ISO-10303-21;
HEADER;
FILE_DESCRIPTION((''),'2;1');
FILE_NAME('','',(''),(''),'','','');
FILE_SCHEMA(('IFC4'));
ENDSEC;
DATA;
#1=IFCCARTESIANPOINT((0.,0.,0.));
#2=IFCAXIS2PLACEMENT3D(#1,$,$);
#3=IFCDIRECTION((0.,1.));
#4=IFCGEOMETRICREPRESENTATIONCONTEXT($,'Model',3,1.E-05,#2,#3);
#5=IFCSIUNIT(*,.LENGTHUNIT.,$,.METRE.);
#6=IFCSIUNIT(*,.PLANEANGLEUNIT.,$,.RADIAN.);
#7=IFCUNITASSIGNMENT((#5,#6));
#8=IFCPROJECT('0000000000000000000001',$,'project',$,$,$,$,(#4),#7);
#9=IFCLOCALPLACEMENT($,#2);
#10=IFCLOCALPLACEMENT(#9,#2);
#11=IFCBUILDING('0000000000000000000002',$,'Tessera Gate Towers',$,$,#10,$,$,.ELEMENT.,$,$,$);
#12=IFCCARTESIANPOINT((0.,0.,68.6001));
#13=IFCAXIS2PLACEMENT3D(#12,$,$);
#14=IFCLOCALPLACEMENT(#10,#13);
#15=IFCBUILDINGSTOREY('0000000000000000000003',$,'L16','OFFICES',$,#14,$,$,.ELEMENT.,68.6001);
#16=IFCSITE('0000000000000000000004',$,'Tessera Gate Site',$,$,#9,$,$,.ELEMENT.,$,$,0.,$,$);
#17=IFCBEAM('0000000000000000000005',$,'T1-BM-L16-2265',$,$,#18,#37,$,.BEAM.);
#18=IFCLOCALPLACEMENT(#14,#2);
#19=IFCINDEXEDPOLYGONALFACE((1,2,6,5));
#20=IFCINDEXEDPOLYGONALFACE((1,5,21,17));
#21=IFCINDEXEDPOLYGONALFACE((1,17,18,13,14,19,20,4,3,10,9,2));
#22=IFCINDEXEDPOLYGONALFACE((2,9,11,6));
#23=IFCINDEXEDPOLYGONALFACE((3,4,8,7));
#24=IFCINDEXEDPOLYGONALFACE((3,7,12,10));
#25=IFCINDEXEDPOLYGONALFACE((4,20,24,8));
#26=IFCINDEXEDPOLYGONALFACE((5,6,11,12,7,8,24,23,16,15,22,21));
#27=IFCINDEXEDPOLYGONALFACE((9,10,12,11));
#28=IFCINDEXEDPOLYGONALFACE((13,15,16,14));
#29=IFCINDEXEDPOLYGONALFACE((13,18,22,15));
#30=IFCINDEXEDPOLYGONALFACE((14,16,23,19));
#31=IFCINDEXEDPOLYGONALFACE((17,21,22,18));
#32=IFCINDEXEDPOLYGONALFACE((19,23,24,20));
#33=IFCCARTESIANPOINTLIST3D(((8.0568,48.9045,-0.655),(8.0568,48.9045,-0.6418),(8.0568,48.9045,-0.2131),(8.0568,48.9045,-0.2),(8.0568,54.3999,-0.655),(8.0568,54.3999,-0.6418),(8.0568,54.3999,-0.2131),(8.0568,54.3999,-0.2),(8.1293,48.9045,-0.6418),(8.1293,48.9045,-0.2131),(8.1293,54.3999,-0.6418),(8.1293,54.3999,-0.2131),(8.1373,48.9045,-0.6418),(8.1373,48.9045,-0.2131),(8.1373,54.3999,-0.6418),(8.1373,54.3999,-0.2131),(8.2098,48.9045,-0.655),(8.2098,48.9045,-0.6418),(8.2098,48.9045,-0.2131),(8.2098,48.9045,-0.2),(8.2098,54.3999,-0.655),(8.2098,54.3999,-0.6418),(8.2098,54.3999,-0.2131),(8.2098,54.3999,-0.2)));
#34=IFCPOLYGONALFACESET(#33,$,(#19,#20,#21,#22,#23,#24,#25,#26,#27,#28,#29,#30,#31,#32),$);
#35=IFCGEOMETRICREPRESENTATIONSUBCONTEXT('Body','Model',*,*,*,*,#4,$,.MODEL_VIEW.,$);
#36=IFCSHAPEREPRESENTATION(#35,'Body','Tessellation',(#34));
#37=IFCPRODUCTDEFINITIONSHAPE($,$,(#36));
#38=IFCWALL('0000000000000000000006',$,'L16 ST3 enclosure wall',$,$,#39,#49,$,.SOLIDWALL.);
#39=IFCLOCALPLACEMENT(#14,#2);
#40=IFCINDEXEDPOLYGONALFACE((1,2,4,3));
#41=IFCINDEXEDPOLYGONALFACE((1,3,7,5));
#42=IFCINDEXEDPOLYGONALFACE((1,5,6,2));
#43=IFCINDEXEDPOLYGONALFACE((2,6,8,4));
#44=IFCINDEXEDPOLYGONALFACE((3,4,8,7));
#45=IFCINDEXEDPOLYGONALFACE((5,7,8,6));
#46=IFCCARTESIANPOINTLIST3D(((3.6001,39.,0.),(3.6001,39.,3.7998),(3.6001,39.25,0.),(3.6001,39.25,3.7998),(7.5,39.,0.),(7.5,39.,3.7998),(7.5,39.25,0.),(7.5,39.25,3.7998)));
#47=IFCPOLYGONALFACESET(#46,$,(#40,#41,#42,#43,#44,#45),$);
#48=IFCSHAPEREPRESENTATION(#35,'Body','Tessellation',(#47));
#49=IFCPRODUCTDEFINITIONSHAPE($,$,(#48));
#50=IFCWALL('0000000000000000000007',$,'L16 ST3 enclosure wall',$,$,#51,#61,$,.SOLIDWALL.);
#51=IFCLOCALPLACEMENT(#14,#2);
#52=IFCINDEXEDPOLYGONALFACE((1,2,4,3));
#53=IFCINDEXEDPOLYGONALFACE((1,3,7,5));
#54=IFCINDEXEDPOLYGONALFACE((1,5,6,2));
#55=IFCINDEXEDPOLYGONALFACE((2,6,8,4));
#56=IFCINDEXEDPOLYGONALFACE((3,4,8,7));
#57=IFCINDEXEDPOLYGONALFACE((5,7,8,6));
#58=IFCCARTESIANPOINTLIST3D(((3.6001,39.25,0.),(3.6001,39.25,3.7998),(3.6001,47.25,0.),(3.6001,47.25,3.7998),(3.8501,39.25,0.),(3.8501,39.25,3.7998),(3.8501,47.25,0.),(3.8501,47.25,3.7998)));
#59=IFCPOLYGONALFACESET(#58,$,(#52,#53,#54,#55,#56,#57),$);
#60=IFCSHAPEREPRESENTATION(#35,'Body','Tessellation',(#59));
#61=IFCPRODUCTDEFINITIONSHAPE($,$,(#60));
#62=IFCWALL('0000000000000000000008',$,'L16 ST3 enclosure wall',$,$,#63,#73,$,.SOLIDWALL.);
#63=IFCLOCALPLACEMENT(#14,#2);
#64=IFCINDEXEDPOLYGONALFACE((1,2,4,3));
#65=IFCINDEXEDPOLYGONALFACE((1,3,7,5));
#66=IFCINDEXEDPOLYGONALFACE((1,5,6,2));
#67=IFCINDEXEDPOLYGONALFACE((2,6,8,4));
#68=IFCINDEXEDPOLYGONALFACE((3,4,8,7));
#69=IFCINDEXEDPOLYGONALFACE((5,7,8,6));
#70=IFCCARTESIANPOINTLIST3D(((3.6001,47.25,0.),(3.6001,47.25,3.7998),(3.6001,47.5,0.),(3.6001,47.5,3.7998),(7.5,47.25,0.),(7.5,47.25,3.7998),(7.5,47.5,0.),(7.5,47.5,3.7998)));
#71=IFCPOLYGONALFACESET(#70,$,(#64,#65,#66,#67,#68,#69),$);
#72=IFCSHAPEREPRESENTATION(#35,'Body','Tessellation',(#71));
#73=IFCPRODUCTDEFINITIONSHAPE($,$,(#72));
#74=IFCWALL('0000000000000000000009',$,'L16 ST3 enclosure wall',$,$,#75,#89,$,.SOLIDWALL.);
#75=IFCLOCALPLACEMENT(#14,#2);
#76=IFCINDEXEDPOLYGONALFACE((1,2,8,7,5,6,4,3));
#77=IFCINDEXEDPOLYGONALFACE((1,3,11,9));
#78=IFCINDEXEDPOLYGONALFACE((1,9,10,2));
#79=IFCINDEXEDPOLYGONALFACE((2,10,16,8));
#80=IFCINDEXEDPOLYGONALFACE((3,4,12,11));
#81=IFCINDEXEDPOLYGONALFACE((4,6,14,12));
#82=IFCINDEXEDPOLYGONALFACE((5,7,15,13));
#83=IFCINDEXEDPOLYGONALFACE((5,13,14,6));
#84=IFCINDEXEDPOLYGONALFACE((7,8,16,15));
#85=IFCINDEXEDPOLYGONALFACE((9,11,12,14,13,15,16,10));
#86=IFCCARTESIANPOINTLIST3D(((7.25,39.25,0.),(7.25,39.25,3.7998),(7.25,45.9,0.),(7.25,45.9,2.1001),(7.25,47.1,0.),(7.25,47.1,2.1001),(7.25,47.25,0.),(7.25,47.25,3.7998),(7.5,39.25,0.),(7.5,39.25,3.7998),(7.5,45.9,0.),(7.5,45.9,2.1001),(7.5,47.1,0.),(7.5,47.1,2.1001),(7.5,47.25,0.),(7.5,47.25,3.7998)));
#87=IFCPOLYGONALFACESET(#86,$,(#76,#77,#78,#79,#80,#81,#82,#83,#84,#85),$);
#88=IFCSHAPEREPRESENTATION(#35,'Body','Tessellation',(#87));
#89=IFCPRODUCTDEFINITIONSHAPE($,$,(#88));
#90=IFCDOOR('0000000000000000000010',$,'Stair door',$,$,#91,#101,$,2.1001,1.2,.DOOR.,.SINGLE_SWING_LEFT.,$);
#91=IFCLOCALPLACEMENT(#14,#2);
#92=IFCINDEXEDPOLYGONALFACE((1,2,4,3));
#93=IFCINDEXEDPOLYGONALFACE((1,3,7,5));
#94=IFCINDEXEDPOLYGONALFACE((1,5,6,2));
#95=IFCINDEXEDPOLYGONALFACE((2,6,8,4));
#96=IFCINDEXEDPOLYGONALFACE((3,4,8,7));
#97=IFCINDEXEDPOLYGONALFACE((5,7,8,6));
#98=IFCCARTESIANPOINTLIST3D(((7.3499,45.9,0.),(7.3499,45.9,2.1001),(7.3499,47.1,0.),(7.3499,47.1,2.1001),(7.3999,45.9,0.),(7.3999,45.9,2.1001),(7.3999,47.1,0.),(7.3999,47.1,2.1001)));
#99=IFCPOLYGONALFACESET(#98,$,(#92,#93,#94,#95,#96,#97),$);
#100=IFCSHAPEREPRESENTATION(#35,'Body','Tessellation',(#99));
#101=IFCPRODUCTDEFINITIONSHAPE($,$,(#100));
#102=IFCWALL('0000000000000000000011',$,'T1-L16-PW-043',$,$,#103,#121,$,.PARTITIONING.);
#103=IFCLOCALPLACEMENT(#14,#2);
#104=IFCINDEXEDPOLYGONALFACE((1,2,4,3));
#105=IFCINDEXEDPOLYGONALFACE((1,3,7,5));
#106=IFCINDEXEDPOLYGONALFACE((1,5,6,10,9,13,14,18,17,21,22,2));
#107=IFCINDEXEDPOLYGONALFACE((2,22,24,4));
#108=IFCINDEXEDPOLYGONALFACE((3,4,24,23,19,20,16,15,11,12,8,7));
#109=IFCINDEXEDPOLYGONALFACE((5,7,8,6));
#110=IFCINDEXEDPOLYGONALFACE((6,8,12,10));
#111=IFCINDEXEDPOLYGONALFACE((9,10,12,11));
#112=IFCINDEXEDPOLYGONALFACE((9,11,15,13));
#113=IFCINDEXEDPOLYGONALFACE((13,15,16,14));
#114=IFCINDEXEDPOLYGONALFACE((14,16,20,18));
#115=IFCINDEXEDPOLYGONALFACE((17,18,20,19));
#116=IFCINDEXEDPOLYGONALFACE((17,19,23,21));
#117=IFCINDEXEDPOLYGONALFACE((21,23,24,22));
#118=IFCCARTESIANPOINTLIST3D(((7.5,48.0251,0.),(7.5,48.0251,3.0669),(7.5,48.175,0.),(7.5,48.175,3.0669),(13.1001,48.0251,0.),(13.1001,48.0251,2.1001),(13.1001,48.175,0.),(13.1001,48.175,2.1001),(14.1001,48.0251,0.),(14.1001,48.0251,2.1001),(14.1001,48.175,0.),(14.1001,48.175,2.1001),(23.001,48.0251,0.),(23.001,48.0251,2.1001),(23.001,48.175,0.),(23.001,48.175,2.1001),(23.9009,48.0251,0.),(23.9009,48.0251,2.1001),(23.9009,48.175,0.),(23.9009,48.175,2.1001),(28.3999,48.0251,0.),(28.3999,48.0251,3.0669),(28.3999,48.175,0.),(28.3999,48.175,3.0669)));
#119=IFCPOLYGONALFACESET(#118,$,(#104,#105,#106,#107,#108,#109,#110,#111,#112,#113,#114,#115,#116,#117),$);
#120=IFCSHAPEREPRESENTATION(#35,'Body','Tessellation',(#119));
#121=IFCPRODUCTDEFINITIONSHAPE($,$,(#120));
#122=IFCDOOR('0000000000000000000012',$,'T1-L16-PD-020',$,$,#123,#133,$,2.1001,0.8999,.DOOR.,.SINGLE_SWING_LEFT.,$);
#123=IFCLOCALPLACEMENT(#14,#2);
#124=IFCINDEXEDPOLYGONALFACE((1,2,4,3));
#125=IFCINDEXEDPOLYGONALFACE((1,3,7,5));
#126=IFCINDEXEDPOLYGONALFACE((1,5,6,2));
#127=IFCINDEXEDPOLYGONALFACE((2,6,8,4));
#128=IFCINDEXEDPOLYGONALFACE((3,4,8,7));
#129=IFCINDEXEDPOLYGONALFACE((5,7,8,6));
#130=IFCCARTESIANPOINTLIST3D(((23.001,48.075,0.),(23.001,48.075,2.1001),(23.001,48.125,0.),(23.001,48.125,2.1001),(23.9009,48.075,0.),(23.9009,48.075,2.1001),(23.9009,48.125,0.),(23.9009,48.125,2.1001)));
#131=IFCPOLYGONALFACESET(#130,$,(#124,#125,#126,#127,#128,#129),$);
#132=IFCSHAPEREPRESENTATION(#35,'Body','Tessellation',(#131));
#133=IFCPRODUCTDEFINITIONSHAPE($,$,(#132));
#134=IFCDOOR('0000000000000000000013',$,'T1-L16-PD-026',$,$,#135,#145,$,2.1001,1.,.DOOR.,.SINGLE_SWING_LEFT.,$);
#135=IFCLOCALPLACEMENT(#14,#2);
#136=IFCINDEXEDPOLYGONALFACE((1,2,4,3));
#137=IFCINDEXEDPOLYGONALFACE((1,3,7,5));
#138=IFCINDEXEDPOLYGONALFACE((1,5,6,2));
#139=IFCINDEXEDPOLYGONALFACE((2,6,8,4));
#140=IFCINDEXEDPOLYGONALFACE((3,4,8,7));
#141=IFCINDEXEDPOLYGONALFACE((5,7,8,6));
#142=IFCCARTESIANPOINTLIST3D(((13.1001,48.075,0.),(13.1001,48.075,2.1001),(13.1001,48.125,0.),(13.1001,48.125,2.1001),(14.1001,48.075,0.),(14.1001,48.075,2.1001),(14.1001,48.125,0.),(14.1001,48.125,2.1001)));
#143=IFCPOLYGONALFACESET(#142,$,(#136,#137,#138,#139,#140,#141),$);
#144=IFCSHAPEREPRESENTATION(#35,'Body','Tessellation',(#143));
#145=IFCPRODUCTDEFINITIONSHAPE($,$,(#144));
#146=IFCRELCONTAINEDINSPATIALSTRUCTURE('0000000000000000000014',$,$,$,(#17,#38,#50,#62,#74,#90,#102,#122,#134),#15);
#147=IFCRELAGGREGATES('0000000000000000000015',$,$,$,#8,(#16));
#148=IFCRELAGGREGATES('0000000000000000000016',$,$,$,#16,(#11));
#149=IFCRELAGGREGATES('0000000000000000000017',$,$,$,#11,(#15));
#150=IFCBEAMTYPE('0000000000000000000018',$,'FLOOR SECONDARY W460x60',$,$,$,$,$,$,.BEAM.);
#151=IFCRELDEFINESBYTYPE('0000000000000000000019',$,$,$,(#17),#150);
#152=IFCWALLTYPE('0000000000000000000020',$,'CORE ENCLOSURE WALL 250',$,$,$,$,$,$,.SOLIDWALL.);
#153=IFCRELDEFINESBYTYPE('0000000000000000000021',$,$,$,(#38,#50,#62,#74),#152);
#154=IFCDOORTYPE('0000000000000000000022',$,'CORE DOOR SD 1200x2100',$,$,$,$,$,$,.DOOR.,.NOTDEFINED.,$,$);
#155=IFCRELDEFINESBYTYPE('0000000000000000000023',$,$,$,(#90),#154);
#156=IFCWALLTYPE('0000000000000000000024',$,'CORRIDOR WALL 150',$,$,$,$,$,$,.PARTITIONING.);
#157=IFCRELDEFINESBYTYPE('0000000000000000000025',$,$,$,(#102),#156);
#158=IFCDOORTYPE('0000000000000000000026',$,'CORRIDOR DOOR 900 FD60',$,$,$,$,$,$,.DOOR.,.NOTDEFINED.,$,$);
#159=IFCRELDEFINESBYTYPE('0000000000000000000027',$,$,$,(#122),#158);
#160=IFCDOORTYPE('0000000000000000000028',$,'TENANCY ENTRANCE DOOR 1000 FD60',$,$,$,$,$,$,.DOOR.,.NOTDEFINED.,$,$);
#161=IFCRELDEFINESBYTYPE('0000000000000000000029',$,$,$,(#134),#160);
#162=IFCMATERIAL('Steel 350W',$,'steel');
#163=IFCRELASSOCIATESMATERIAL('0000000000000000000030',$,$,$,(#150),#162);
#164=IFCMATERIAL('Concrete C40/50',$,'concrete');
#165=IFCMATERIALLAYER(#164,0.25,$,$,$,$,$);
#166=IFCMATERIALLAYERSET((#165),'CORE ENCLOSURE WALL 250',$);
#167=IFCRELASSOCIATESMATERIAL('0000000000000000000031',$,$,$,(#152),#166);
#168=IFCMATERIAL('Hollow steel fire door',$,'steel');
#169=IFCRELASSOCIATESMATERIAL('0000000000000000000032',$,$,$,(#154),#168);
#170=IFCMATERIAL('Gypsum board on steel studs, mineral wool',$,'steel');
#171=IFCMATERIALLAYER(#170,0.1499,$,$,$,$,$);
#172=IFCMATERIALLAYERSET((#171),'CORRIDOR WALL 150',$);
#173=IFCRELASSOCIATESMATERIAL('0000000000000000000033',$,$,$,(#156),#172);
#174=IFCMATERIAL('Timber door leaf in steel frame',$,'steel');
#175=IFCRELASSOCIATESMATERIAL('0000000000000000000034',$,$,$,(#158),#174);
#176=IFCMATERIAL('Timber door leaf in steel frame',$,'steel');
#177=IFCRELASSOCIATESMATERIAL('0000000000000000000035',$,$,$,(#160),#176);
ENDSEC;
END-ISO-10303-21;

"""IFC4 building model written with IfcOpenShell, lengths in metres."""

from ifc_helpers import new_model, si_unit, direction, frame, frame_2d, origin, origin_2d, place, context, subcontext, project, spatial, rectangle, i_section, extrude, source, transform, mapped, material, layer, layer_set, material_profile, profile_set, type_object, element, fill, save


model = new_model("IFC4")

# Units and contexts
model_context = context("Model", 3, precision=1e-05, world=origin(), true_north=direction((0.0, 1.0)))
body_context = subcontext(model_context, "Body", "Model", "MODEL_VIEW")
ifc_project = project(units=[si_unit("LENGTHUNIT", "METRE"), si_unit("PLANEANGLEUNIT", "RADIAN")], contexts=[model_context])

# Site, building, storey
site_placement = place(None, origin())
site = spatial("IfcSite", under=ifc_project, at=site_placement, Name="Tessera Gate Site", CompositionType="ELEMENT", RefElevation=0.0)
building_placement = place(site_placement, origin())
building = spatial("IfcBuilding", under=site, at=building_placement, Name="Tessera Gate Towers", CompositionType="ELEMENT")
storey_placement = place(building_placement, frame((0.0, 0.0, 68.6001)))
storey = spatial("IfcBuildingStorey", under=building, at=storey_placement, Name="L16", Description="OFFICES", CompositionType="ELEMENT", Elevation=68.6001)

# Beam
ifc_material_1 = material(Name="Steel 350W", Category="steel")
ifc_material_profile_1 = material_profile(ifc_material_1, i_section(OverallWidth=0.1531, OverallDepth=0.4551, WebThickness=0.0081, FlangeThickness=0.0132, at=origin_2d()), Name="W460x60")
ifc_profile_set_1 = profile_set([ifc_material_profile_1], Name="Steel 350W")
beam_type_1 = type_object("IfcBeamType", Name="FLOOR SECONDARY W460x60", PredefinedType="BEAM", material=ifc_profile_set_1)
beam_1_placement = place(storey_placement, frame((8.1333, 48.9045, -0.4275), z_axis=(0.0, 1.0, 0.0), x_axis=(-1.0, 0.0, 0.0)))
element("IfcBeam", 1, at=beam_1_placement, inside=storey, type_object=beam_type_1, Name="T1-BM-L16-2265", PredefinedType="BEAM", context=body_context, shape_type="SweptSolid", body=[
    extrude(i_section(OverallWidth=0.1531, OverallDepth=0.4551, WebThickness=0.0081, FlangeThickness=0.0132, at=origin_2d()), origin(), (0.0, 0.0, 1.0), 5.4954),
])

# Walls
ifc_material_2 = material(Name="Concrete C40/50", Category="concrete")
ifc_layer_1 = layer(ifc_material_2, 0.25)
ifc_layer_set_1 = layer_set([ifc_layer_1], Name="CORE ENCLOSURE WALL 250")
wall_type_1 = type_object("IfcWallType", Name="CORE ENCLOSURE WALL 250", PredefinedType="SOLIDWALL", material=ifc_layer_set_1)
wall_1_placement = place(storey_placement, frame((7.5, 39.125, 0.0), z_axis=(0.0, 0.0, 1.0), x_axis=(-1.0, 0.0, 0.0)))
element("IfcWall", 2, at=wall_1_placement, inside=storey, type_object=wall_type_1, Name="L16 ST3 enclosure wall", PredefinedType="SOLIDWALL", context=body_context, shape_type="SweptSolid", body=[
    extrude(rectangle(XDim=3.8999, YDim=0.25, at=frame_2d((1.95, 0.0))), origin(), (0.0, 0.0, 1.0), 3.7998),
])
wall_2_placement = place(storey_placement, frame((3.7251, 39.25, 0.0), z_axis=(0.0, 0.0, 1.0), x_axis=(0.0, 1.0, 0.0)))
element("IfcWall", 3, at=wall_2_placement, inside=storey, type_object=wall_type_1, Name="L16 ST3 enclosure wall", PredefinedType="SOLIDWALL", context=body_context, shape_type="SweptSolid", body=[
    extrude(rectangle(XDim=8.0, YDim=0.25, at=frame_2d((4.0, 0.0))), origin(), (0.0, 0.0, 1.0), 3.7998),
])
wall_3_placement = place(storey_placement, frame((3.6001, 47.375, 0.0), z_axis=(0.0, 0.0, 1.0), x_axis=(1.0, 0.0, 0.0)))
element("IfcWall", 4, at=wall_3_placement, inside=storey, type_object=wall_type_1, Name="L16 ST3 enclosure wall", PredefinedType="SOLIDWALL", context=body_context, shape_type="SweptSolid", body=[
    extrude(rectangle(XDim=3.8999, YDim=0.25, at=frame_2d((1.95, 0.0))), origin(), (0.0, 0.0, 1.0), 3.7998),
])

# Wall, opening, door
wall_4_placement = place(storey_placement, frame((7.375, 47.25, 0.0), z_axis=(0.0, 0.0, 1.0), x_axis=(0.0, -1.0, 0.0)))
wall_4 = element("IfcWall", 5, at=wall_4_placement, inside=storey, type_object=wall_type_1, Name="L16 ST3 enclosure wall", PredefinedType="SOLIDWALL", context=body_context, shape_type="SweptSolid", body=[
    extrude(rectangle(XDim=8.0, YDim=0.25, at=frame_2d((4.0, 0.0))), origin(), (0.0, 0.0, 1.0), 3.7998),
])
shared_shape_1 = source(origin(), body_context, "Body", "SweptSolid", [
    extrude(rectangle(XDim=1.2, YDim=2.1001, at=frame_2d((0.6001, 1.05))), frame((0.0, 0.135, 0.0), z_axis=(0.0, -1.0, 0.0), x_axis=(1.0, 0.0, 0.0)), (0.0, 0.0, 1.0), 0.27),
])
opening_1_placement = place(wall_4_placement, frame((0.1499, 0.0, 0.0)))
opening_1 = element("IfcOpeningElement", 6, at=opening_1_placement, cuts=wall_4, PredefinedType="OPENING", context=body_context, shape_type="MappedRepresentation", body=[
    mapped(shared_shape_1, transform((0.0, 0.0, 0.0), scale=1.0)),
])
ifc_material_3 = material(Name="Hollow steel fire door", Category="steel")
door_type_1 = type_object("IfcDoorType", Name="CORE DOOR SD 1200x2100", OperationType="NOTDEFINED", PredefinedType="DOOR", material=ifc_material_3)
shared_shape_2 = source(origin(), body_context, "Body", "SweptSolid", [
    extrude(rectangle(XDim=1.2, YDim=2.1001, at=frame_2d((0.6001, 1.05))), frame((0.0, 0.0249, 0.0), z_axis=(0.0, -1.0, 0.0), x_axis=(1.0, 0.0, 0.0)), (0.0, 0.0, 1.0), 0.05),
])
door_1_placement = place(opening_1_placement, origin())
door_1 = element("IfcDoor", 7, at=door_1_placement, inside=storey, type_object=door_type_1, Name="Stair door", OperationType="SINGLE_SWING_LEFT", OverallHeight=2.1001, OverallWidth=1.2, PredefinedType="DOOR", context=body_context, shape_type="MappedRepresentation", body=[
    mapped(shared_shape_2, transform((0.0, 0.0, 0.0), scale=1.0)),
])
fill(opening_1, door_1)

# Wall, openings, doors
ifc_material_4 = material(Name="Gypsum board on steel studs, mineral wool", Category="steel")
ifc_layer_2 = layer(ifc_material_4, 0.1499)
ifc_layer_set_2 = layer_set([ifc_layer_2], Name="CORRIDOR WALL 150")
wall_type_2 = type_object("IfcWallType", Name="CORRIDOR WALL 150", PredefinedType="PARTITIONING", material=ifc_layer_set_2)
wall_5_placement = place(storey_placement, frame((7.5, 48.1001, 0.0), z_axis=(0.0, 0.0, 1.0), x_axis=(1.0, 0.0, 0.0)))
wall_5 = element("IfcWall", 8, at=wall_5_placement, inside=storey, type_object=wall_type_2, Name="T1-L16-PW-043", PredefinedType="PARTITIONING", context=body_context, shape_type="SweptSolid", body=[
    extrude(rectangle(XDim=20.8999, YDim=0.1499, at=frame_2d((10.45, 0.0))), origin(), (0.0, 0.0, 1.0), 3.0669),
])
shared_shape_3 = source(origin(), body_context, "Body", "SweptSolid", [
    extrude(rectangle(XDim=0.8999, YDim=2.1001, at=frame_2d((0.45, 1.05))), frame((0.0, 0.085, 0.0), z_axis=(0.0, -1.0, 0.0), x_axis=(1.0, 0.0, 0.0)), (0.0, 0.0, 1.0), 0.1699),
])
opening_2_placement = place(wall_5_placement, frame((15.501, 0.0, 0.0)))
opening_2 = element("IfcOpeningElement", 9, at=opening_2_placement, cuts=wall_5, PredefinedType="OPENING", context=body_context, shape_type="MappedRepresentation", body=[
    mapped(shared_shape_3, transform((0.0, 0.0, 0.0), scale=1.0)),
])
shared_shape_4 = source(origin(), body_context, "Body", "SweptSolid", [
    extrude(rectangle(XDim=1.0, YDim=2.1001, at=frame_2d((0.5, 1.05))), frame((0.0, 0.085, 0.0), z_axis=(0.0, -1.0, 0.0), x_axis=(1.0, 0.0, 0.0)), (0.0, 0.0, 1.0), 0.1699),
])
opening_3_placement = place(wall_5_placement, frame((5.6001, 0.0, 0.0)))
opening_3 = element("IfcOpeningElement", 10, at=opening_3_placement, cuts=wall_5, PredefinedType="OPENING", context=body_context, shape_type="MappedRepresentation", body=[
    mapped(shared_shape_4, transform((0.0, 0.0, 0.0), scale=1.0)),
])
ifc_material_5 = material(Name="Timber door leaf in steel frame", Category="steel")
door_type_2 = type_object("IfcDoorType", Name="CORRIDOR DOOR 900 FD60", OperationType="NOTDEFINED", PredefinedType="DOOR", material=ifc_material_5)
shared_shape_5 = source(origin(), body_context, "Body", "SweptSolid", [
    extrude(rectangle(XDim=0.8999, YDim=2.1001, at=frame_2d((0.45, 1.05))), frame((0.0, 0.0249, 0.0), z_axis=(0.0, -1.0, 0.0), x_axis=(1.0, 0.0, 0.0)), (0.0, 0.0, 1.0), 0.05),
])
door_2_placement = place(opening_2_placement, origin())
door_2 = element("IfcDoor", 11, at=door_2_placement, inside=storey, type_object=door_type_2, Name="T1-L16-PD-020", OperationType="SINGLE_SWING_LEFT", OverallHeight=2.1001, OverallWidth=0.8999, PredefinedType="DOOR", context=body_context, shape_type="MappedRepresentation", body=[
    mapped(shared_shape_5, transform((0.0, 0.0, 0.0), scale=1.0)),
])
fill(opening_2, door_2)
ifc_material_6 = material(Name="Timber door leaf in steel frame", Category="steel")
door_type_3 = type_object("IfcDoorType", Name="TENANCY ENTRANCE DOOR 1000 FD60", OperationType="NOTDEFINED", PredefinedType="DOOR", material=ifc_material_6)
shared_shape_6 = source(origin(), body_context, "Body", "SweptSolid", [
    extrude(rectangle(XDim=1.0, YDim=2.1001, at=frame_2d((0.5, 1.05))), frame((0.0, 0.0249, 0.0), z_axis=(0.0, -1.0, 0.0), x_axis=(1.0, 0.0, 0.0)), (0.0, 0.0, 1.0), 0.05),
])
door_3_placement = place(opening_3_placement, origin())
door_3 = element("IfcDoor", 12, at=door_3_placement, inside=storey, type_object=door_type_3, Name="T1-L16-PD-026", OperationType="SINGLE_SWING_LEFT", OverallHeight=2.1001, OverallWidth=1.0, PredefinedType="DOOR", context=body_context, shape_type="MappedRepresentation", body=[
    mapped(shared_shape_6, transform((0.0, 0.0, 0.0), scale=1.0)),
])
fill(opening_3, door_3)

save(model, "model.ifc")
